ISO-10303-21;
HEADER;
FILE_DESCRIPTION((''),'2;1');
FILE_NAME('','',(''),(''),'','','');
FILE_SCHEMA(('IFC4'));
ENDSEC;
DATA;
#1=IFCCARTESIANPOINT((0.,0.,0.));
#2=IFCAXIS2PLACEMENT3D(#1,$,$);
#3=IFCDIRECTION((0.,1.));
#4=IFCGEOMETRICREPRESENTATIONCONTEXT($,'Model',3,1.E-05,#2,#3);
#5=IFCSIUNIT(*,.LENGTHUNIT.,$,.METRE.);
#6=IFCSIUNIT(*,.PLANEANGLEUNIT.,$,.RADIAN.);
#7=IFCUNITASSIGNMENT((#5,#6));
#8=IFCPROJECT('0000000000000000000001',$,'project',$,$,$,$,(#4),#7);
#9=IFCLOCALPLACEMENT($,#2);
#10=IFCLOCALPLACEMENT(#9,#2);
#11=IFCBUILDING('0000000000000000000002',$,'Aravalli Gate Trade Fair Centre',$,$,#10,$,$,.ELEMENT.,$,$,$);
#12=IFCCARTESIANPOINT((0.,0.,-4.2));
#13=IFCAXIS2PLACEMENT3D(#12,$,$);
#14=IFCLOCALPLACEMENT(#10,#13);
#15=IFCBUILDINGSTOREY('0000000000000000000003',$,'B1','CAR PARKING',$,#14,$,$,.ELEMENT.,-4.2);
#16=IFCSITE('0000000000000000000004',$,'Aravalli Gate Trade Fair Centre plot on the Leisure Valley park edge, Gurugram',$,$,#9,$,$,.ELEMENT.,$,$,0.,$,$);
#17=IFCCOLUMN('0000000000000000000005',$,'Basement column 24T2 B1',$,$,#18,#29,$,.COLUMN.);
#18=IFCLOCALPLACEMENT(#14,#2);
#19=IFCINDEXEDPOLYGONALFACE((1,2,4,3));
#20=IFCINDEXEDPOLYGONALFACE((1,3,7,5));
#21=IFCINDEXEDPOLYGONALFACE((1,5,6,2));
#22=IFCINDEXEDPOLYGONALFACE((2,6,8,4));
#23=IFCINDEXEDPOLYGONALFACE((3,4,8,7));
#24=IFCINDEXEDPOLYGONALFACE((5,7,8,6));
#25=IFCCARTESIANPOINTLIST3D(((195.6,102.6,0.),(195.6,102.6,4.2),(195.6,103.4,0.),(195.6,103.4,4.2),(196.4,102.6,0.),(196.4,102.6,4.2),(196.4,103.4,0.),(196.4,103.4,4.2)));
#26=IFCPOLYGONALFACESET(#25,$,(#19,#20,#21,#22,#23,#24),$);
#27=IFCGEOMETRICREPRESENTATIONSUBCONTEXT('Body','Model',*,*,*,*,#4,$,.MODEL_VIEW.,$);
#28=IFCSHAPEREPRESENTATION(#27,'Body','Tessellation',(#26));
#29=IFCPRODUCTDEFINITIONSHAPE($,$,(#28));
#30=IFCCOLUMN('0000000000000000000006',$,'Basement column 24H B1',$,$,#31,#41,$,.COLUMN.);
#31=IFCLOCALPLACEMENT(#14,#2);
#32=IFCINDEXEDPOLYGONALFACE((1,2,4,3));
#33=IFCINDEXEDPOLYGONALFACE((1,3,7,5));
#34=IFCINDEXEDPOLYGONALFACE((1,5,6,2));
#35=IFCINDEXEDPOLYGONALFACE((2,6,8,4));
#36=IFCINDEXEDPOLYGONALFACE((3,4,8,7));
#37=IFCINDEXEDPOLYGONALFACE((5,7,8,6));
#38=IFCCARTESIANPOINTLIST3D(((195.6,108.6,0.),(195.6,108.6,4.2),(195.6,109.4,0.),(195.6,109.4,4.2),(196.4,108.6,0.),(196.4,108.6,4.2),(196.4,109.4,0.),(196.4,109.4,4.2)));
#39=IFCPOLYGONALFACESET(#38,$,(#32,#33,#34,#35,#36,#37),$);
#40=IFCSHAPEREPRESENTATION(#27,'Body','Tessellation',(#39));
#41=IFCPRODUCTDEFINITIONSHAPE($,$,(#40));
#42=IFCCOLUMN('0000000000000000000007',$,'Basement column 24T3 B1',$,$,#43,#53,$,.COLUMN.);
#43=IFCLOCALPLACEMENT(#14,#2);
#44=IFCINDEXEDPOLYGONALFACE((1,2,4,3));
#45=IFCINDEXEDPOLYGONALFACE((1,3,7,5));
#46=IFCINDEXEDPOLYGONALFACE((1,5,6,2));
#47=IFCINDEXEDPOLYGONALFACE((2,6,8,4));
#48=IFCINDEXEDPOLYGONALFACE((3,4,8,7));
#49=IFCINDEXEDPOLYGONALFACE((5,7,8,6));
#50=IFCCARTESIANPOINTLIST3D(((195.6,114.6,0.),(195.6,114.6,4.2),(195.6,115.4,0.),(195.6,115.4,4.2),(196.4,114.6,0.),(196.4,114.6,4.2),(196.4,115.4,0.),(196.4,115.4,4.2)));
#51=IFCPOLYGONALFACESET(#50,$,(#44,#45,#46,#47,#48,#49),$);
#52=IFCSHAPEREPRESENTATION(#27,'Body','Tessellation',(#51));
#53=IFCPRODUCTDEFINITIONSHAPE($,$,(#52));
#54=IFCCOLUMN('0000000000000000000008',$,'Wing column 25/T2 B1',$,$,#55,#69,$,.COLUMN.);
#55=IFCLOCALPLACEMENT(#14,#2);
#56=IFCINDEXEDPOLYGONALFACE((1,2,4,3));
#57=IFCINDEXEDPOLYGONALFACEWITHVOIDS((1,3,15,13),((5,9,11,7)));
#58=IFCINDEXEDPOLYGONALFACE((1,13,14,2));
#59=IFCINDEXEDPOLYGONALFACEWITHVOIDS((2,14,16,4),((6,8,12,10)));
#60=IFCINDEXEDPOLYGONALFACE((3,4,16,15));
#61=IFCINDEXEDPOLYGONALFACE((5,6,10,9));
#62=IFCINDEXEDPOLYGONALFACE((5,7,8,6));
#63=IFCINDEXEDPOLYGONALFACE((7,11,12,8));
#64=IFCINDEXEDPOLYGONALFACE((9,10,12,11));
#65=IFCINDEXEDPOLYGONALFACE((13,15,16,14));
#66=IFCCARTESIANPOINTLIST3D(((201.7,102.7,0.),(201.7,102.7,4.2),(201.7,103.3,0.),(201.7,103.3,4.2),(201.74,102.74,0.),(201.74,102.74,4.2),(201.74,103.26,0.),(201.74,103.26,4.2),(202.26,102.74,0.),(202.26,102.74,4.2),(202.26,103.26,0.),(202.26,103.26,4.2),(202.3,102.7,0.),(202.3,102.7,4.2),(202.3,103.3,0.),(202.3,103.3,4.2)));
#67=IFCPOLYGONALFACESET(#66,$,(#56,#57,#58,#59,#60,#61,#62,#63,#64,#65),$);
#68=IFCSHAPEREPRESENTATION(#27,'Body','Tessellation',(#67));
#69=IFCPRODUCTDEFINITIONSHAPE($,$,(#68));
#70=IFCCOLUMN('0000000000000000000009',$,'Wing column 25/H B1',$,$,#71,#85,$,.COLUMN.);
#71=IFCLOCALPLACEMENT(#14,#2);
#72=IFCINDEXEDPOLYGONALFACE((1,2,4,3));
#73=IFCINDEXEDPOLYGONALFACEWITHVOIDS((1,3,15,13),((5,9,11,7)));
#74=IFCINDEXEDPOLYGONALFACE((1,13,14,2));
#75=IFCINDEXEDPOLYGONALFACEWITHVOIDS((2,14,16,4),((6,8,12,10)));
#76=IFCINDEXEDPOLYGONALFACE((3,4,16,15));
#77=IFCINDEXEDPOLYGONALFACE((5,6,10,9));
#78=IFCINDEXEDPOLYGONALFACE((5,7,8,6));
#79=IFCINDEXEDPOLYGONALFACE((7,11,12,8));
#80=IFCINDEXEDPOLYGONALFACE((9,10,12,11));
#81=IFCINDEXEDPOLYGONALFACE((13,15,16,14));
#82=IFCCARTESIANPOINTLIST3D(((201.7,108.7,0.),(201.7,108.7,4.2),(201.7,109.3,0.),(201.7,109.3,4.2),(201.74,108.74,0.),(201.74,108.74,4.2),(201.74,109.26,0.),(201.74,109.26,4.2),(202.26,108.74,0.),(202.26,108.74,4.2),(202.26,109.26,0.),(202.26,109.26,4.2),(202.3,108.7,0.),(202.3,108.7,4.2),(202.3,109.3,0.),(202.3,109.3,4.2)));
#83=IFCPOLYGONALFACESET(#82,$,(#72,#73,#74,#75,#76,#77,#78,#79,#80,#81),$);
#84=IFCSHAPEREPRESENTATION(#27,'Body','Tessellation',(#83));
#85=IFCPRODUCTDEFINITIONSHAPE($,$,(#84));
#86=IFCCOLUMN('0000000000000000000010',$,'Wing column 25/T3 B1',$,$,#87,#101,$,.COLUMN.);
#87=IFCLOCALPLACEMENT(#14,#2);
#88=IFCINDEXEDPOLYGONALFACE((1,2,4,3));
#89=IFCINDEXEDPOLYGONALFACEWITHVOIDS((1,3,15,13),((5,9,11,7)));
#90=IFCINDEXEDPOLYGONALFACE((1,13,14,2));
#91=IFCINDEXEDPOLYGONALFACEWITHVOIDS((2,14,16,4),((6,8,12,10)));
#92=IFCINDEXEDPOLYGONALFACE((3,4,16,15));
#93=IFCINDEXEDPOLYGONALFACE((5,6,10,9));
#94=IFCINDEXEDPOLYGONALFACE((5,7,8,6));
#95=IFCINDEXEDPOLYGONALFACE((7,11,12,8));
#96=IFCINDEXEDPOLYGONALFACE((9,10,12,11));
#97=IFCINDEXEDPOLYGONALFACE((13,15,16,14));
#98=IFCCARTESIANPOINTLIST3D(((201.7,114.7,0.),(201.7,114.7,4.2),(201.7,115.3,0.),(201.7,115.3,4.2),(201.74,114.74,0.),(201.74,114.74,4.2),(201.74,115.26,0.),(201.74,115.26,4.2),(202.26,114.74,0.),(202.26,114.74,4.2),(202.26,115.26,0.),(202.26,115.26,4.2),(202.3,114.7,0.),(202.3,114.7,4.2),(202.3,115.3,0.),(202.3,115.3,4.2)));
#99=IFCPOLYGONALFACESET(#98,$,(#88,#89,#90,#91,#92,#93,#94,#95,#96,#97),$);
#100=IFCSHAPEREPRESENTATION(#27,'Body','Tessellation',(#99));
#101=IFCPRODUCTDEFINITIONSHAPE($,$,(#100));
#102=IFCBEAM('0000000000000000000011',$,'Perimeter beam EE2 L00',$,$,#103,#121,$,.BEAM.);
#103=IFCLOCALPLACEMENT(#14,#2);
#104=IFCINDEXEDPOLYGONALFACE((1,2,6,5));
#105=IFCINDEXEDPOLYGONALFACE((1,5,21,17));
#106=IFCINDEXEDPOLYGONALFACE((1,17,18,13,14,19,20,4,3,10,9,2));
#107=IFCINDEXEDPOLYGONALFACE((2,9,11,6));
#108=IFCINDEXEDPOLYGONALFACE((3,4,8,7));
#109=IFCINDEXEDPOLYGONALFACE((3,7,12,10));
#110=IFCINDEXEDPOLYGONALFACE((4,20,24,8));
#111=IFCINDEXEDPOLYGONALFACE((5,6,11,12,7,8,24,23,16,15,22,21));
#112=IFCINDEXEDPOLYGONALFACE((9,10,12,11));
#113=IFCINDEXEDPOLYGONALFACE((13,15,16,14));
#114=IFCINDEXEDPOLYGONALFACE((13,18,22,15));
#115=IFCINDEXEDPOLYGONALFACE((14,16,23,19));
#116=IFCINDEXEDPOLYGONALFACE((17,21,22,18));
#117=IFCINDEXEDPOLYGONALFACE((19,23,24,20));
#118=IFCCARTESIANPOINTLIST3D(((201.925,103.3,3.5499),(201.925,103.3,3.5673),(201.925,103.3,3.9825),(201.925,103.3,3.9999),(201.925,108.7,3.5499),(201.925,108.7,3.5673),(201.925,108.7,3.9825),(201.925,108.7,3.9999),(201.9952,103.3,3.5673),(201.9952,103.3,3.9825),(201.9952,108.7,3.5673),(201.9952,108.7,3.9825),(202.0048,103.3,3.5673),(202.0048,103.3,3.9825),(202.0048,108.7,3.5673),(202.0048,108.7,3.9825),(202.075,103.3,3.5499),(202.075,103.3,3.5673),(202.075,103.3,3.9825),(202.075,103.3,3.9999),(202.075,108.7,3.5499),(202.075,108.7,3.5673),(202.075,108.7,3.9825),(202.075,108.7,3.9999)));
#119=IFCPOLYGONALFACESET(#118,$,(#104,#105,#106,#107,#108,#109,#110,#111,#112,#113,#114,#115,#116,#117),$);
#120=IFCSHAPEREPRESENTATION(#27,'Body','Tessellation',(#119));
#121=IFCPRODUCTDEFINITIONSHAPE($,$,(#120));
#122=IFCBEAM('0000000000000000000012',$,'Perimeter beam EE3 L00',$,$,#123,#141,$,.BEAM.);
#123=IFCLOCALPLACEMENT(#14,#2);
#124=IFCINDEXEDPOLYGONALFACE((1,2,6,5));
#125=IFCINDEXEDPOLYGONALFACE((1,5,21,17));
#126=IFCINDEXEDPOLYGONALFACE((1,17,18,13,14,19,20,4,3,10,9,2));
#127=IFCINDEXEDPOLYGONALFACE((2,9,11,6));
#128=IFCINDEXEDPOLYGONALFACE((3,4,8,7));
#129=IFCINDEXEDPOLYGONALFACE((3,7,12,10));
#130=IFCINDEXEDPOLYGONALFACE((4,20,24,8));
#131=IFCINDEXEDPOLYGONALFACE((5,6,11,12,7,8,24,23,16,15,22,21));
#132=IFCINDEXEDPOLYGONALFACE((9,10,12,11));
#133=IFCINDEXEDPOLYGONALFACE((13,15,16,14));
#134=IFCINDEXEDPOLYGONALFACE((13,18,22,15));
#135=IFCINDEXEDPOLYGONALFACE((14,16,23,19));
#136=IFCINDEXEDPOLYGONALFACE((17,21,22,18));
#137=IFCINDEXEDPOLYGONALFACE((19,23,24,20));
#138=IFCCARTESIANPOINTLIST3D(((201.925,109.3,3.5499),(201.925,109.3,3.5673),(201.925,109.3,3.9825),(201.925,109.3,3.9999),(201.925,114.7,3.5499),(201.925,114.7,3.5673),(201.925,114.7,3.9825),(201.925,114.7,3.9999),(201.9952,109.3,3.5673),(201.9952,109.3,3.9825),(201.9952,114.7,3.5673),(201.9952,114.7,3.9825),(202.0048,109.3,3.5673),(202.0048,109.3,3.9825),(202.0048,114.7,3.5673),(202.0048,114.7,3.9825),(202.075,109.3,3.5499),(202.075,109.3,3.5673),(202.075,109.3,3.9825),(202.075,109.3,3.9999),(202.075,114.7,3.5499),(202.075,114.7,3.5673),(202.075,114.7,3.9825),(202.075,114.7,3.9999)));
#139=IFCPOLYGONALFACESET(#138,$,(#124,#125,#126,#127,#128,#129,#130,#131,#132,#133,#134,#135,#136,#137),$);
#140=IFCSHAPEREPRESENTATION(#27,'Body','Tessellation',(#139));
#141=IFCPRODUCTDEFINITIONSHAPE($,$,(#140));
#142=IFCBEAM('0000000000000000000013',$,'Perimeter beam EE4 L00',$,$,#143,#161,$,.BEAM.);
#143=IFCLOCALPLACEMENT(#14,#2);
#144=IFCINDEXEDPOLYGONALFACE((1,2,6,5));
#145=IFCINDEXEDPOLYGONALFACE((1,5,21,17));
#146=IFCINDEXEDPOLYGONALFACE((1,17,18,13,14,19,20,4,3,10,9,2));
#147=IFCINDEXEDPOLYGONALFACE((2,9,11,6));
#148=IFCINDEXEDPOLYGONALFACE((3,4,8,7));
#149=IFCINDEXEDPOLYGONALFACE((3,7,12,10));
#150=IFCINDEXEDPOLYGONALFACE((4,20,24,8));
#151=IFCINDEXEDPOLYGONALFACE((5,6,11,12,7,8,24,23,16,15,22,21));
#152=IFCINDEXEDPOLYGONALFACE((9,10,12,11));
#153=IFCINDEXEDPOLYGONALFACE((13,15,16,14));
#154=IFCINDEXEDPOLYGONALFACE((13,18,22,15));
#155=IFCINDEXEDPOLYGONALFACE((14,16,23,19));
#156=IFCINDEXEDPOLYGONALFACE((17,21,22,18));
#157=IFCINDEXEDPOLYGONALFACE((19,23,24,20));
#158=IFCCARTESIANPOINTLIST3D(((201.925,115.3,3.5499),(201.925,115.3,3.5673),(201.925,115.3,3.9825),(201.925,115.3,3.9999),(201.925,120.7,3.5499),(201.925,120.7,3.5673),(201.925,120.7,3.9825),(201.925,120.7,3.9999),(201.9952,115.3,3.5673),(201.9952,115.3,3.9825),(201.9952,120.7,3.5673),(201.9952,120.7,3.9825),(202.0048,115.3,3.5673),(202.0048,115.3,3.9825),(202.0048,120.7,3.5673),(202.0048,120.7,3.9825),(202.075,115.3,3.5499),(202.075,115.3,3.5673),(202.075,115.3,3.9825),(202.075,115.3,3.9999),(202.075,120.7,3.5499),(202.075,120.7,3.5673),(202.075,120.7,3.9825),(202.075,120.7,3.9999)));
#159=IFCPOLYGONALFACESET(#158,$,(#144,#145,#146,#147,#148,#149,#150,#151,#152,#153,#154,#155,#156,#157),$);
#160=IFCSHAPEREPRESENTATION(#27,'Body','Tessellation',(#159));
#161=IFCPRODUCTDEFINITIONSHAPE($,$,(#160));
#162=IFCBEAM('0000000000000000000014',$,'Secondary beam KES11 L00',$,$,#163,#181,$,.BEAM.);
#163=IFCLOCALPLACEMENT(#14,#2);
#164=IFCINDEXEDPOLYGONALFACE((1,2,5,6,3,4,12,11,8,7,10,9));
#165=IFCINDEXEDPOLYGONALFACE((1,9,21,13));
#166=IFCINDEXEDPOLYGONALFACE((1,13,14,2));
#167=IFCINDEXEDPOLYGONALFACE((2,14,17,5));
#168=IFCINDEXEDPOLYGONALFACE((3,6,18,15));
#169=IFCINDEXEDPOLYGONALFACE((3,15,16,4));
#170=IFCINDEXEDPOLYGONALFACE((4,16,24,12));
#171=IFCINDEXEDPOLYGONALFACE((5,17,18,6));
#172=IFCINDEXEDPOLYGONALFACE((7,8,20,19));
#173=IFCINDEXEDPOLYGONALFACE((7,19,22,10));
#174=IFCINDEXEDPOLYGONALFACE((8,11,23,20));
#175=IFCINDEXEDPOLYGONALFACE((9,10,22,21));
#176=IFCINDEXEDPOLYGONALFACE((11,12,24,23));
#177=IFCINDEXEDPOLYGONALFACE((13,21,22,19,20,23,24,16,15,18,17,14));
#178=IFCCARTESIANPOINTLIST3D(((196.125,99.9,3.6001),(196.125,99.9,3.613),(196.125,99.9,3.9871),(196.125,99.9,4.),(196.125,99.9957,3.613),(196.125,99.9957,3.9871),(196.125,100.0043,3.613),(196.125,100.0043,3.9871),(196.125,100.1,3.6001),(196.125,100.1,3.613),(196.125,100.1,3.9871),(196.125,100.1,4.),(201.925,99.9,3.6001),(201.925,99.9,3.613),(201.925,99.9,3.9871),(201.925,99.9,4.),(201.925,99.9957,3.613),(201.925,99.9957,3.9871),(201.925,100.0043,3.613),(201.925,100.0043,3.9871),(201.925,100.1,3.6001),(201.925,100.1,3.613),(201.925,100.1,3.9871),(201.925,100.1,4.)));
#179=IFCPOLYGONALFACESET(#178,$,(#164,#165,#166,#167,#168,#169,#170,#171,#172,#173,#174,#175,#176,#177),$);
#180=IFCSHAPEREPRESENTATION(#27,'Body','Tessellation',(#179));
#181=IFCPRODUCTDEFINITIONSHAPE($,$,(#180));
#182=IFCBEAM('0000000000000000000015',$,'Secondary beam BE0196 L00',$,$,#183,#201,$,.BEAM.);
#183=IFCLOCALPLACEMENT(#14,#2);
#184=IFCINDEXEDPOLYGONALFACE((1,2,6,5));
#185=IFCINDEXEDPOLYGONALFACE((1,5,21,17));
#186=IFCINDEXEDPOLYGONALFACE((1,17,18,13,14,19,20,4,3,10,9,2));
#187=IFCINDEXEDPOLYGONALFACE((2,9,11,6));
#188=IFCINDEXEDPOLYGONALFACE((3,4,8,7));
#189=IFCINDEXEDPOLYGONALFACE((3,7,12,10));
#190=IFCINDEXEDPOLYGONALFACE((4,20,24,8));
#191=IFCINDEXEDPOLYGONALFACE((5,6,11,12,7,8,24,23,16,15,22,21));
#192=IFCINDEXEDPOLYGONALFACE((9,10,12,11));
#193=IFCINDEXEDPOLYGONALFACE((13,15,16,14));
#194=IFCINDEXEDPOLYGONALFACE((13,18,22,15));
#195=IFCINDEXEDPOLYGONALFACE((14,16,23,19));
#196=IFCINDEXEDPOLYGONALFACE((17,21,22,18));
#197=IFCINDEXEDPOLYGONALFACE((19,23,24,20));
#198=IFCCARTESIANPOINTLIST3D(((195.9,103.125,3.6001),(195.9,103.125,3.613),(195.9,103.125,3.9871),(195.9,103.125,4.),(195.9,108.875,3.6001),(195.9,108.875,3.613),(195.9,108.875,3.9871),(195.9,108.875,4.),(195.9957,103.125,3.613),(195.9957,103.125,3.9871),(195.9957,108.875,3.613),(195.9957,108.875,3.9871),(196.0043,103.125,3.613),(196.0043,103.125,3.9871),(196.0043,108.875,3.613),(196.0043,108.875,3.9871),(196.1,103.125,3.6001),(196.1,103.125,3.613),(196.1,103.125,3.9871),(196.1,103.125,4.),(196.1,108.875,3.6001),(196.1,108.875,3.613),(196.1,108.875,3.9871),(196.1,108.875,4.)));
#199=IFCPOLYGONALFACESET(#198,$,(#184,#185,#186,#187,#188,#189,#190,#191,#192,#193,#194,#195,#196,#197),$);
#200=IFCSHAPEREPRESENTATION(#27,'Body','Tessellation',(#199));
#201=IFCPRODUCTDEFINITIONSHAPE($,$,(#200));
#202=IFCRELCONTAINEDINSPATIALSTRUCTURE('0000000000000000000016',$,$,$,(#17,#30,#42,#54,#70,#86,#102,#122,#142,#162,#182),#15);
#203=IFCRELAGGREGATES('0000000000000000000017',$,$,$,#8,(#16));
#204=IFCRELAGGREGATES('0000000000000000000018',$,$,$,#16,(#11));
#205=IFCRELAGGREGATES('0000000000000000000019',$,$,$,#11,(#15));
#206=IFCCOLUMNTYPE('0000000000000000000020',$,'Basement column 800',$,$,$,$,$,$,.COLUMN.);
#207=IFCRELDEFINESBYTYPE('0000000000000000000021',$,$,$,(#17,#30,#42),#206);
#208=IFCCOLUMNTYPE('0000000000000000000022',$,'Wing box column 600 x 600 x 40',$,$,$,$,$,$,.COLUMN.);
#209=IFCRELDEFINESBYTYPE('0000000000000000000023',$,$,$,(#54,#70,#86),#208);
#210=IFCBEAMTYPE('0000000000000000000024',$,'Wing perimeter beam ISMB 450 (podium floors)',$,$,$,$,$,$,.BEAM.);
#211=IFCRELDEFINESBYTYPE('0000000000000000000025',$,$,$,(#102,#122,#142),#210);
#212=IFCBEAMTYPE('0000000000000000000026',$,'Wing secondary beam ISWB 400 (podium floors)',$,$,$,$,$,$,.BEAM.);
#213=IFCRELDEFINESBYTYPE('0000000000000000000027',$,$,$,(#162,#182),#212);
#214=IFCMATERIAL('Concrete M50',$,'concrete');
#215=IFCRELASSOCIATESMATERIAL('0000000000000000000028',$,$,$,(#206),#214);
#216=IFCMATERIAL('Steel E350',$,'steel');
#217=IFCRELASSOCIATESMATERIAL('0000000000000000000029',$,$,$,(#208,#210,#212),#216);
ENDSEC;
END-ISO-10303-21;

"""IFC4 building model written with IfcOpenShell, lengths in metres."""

from ifc_helpers import new_model, si_unit, direction, frame, origin, origin_2d, place, context, subcontext, project, spatial, rectangle, hollow_rectangle, i_section, extrude, material, material_profile, profile_set, type_object, element, save


model = new_model("IFC4")

# Units and contexts
model_context = context("Model", 3, precision=1e-05, world=origin(), true_north=direction((0.0, 1.0)))
body_context = subcontext(model_context, "Body", "Model", "MODEL_VIEW")
ifc_project = project(units=[si_unit("LENGTHUNIT", "METRE"), si_unit("PLANEANGLEUNIT", "RADIAN")], contexts=[model_context])

# Site, building, storey
site_placement = place(None, origin())
site = spatial("IfcSite", under=ifc_project, at=site_placement, Name="Aravalli Gate Trade Fair Centre plot on the Leisure Valley park edge, Gurugram", CompositionType="ELEMENT", RefElevation=0.0)
building_placement = place(site_placement, origin())
building = spatial("IfcBuilding", under=site, at=building_placement, Name="Aravalli Gate Trade Fair Centre", CompositionType="ELEMENT")
storey_placement = place(building_placement, frame((0.0, 0.0, -4.2)))
storey = spatial("IfcBuildingStorey", under=building, at=storey_placement, Name="B1", Description="CAR PARKING", CompositionType="ELEMENT", Elevation=-4.2)

# Columns
ifc_material_1 = material(Name="Concrete M50", Category="concrete")
ifc_material_profile_1 = material_profile(ifc_material_1, rectangle(XDim=0.8, YDim=0.8, at=origin_2d()), Name="RC 800 x 800")
ifc_profile_set_1 = profile_set([ifc_material_profile_1], Name="Concrete M50")
column_type_1 = type_object("IfcColumnType", Name="Basement column 800", PredefinedType="COLUMN", material=ifc_profile_set_1)
for number, where, z_axis, x_axis, name in (
    (1, (196.0, 103.0, 0.0), (0.0, 0.0, 1.0), (1.0, 0.0, 0.0), "Basement column 24T2 B1"),
    (2, (196.0, 109.0, 0.0), (0.0, 0.0, 1.0), (1.0, 0.0, 0.0), "Basement column 24H B1"),
    (3, (196.0, 115.0, 0.0), (0.0, 0.0, 1.0), (1.0, 0.0, 0.0), "Basement column 24T3 B1"),
):
    element("IfcColumn", number, at=place(storey_placement, frame(where, z_axis=z_axis, x_axis=x_axis)), inside=storey, type_object=column_type_1, Name=name, PredefinedType="COLUMN", context=body_context, shape_type="SweptSolid", body=[
        extrude(rectangle(XDim=0.8, YDim=0.8, at=origin_2d()), origin(), (0.0, 0.0, 1.0), 4.2),
    ])
ifc_material_2 = material(Name="Steel E350", Category="steel")
ifc_material_profile_2 = material_profile(ifc_material_2, hollow_rectangle(XDim=0.6001, YDim=0.6001, WallThickness=0.04, at=origin_2d()), Name="BOX 600x600x40")
ifc_profile_set_2 = profile_set([ifc_material_profile_2], Name="Steel E350")
column_type_2 = type_object("IfcColumnType", Name="Wing box column 600 x 600 x 40", PredefinedType="COLUMN", material=ifc_profile_set_2)
for number, where, z_axis, x_axis, name in (
    (4, (202.0, 103.0, 0.0), (0.0, 0.0, 1.0), (1.0, 0.0, 0.0), "Wing column 25/T2 B1"),
    (5, (202.0, 109.0, 0.0), (0.0, 0.0, 1.0), (1.0, 0.0, 0.0), "Wing column 25/H B1"),
    (6, (202.0, 115.0, 0.0), (0.0, 0.0, 1.0), (1.0, 0.0, 0.0), "Wing column 25/T3 B1"),
):
    element("IfcColumn", number, at=place(storey_placement, frame(where, z_axis=z_axis, x_axis=x_axis)), inside=storey, type_object=column_type_2, Name=name, PredefinedType="COLUMN", context=body_context, shape_type="SweptSolid", body=[
        extrude(hollow_rectangle(XDim=0.6001, YDim=0.6001, WallThickness=0.04, at=origin_2d()), origin(), (0.0, 0.0, 1.0), 4.2),
    ])

# Beams
ifc_material_profile_3 = material_profile(ifc_material_2, i_section(OverallWidth=0.1499, OverallDepth=0.45, WebThickness=0.0095, FlangeThickness=0.0173, at=origin_2d()), Name="ISMB 450")
ifc_profile_set_3 = profile_set([ifc_material_profile_3], Name="Steel E350")
beam_type_1 = type_object("IfcBeamType", Name="Wing perimeter beam ISMB 450 (podium floors)", PredefinedType="BEAM", material=ifc_profile_set_3)
for number, where, z_axis, x_axis, name in (
    (7, (202.0, 103.3, 3.7749), (0.0, 1.0, 0.0), (-1.0, 0.0, 0.0), "Perimeter beam EE2 L00"),
    (8, (202.0, 109.3, 3.7749), (0.0, 1.0, 0.0), (-1.0, 0.0, 0.0), "Perimeter beam EE3 L00"),
    (9, (202.0, 115.3, 3.7749), (0.0, 1.0, 0.0), (-1.0, 0.0, 0.0), "Perimeter beam EE4 L00"),
):
    element("IfcBeam", number, at=place(storey_placement, frame(where, z_axis=z_axis, x_axis=x_axis)), inside=storey, type_object=beam_type_1, Name=name, PredefinedType="BEAM", context=body_context, shape_type="SweptSolid", body=[
        extrude(i_section(OverallWidth=0.1499, OverallDepth=0.45, WebThickness=0.0095, FlangeThickness=0.0173, at=origin_2d()), origin(), (0.0, 0.0, 1.0), 5.3999),
    ])
ifc_material_profile_4 = material_profile(ifc_material_2, i_section(OverallWidth=0.2, OverallDepth=0.3999, WebThickness=0.0085, FlangeThickness=0.0129, at=origin_2d()), Name="ISWB 400")
ifc_profile_set_4 = profile_set([ifc_material_profile_4], Name="Steel E350")
beam_type_2 = type_object("IfcBeamType", Name="Wing secondary beam ISWB 400 (podium floors)", PredefinedType="BEAM", material=ifc_profile_set_4)
beam_placement = place(storey_placement, frame((196.125, 100.0, 3.8), z_axis=(1.0, 0.0, 0.0), x_axis=(0.0, 1.0, 0.0)))
element("IfcBeam", 10, at=beam_placement, inside=storey, type_object=beam_type_2, Name="Secondary beam KES11 L00", PredefinedType="BEAM", context=body_context, shape_type="SweptSolid", body=[
    extrude(i_section(OverallWidth=0.2, OverallDepth=0.3999, WebThickness=0.0085, FlangeThickness=0.0129, at=origin_2d()), origin(), (0.0, 0.0, 1.0), 5.8),
])
for number, where, z_axis, x_axis, name in (
    (11, (196.0, 103.125, 3.8), (0.0, 1.0, 0.0), (-1.0, 0.0, 0.0), "Secondary beam BE0196 L00"),
):
    element("IfcBeam", number, at=place(storey_placement, frame(where, z_axis=z_axis, x_axis=x_axis)), inside=storey, type_object=beam_type_2, Name=name, PredefinedType="BEAM", context=body_context, shape_type="SweptSolid", body=[
        extrude(i_section(OverallWidth=0.2, OverallDepth=0.3999, WebThickness=0.0085, FlangeThickness=0.0129, at=origin_2d()), origin(), (0.0, 0.0, 1.0), 5.75),
    ])

save(model, "model.ifc")
